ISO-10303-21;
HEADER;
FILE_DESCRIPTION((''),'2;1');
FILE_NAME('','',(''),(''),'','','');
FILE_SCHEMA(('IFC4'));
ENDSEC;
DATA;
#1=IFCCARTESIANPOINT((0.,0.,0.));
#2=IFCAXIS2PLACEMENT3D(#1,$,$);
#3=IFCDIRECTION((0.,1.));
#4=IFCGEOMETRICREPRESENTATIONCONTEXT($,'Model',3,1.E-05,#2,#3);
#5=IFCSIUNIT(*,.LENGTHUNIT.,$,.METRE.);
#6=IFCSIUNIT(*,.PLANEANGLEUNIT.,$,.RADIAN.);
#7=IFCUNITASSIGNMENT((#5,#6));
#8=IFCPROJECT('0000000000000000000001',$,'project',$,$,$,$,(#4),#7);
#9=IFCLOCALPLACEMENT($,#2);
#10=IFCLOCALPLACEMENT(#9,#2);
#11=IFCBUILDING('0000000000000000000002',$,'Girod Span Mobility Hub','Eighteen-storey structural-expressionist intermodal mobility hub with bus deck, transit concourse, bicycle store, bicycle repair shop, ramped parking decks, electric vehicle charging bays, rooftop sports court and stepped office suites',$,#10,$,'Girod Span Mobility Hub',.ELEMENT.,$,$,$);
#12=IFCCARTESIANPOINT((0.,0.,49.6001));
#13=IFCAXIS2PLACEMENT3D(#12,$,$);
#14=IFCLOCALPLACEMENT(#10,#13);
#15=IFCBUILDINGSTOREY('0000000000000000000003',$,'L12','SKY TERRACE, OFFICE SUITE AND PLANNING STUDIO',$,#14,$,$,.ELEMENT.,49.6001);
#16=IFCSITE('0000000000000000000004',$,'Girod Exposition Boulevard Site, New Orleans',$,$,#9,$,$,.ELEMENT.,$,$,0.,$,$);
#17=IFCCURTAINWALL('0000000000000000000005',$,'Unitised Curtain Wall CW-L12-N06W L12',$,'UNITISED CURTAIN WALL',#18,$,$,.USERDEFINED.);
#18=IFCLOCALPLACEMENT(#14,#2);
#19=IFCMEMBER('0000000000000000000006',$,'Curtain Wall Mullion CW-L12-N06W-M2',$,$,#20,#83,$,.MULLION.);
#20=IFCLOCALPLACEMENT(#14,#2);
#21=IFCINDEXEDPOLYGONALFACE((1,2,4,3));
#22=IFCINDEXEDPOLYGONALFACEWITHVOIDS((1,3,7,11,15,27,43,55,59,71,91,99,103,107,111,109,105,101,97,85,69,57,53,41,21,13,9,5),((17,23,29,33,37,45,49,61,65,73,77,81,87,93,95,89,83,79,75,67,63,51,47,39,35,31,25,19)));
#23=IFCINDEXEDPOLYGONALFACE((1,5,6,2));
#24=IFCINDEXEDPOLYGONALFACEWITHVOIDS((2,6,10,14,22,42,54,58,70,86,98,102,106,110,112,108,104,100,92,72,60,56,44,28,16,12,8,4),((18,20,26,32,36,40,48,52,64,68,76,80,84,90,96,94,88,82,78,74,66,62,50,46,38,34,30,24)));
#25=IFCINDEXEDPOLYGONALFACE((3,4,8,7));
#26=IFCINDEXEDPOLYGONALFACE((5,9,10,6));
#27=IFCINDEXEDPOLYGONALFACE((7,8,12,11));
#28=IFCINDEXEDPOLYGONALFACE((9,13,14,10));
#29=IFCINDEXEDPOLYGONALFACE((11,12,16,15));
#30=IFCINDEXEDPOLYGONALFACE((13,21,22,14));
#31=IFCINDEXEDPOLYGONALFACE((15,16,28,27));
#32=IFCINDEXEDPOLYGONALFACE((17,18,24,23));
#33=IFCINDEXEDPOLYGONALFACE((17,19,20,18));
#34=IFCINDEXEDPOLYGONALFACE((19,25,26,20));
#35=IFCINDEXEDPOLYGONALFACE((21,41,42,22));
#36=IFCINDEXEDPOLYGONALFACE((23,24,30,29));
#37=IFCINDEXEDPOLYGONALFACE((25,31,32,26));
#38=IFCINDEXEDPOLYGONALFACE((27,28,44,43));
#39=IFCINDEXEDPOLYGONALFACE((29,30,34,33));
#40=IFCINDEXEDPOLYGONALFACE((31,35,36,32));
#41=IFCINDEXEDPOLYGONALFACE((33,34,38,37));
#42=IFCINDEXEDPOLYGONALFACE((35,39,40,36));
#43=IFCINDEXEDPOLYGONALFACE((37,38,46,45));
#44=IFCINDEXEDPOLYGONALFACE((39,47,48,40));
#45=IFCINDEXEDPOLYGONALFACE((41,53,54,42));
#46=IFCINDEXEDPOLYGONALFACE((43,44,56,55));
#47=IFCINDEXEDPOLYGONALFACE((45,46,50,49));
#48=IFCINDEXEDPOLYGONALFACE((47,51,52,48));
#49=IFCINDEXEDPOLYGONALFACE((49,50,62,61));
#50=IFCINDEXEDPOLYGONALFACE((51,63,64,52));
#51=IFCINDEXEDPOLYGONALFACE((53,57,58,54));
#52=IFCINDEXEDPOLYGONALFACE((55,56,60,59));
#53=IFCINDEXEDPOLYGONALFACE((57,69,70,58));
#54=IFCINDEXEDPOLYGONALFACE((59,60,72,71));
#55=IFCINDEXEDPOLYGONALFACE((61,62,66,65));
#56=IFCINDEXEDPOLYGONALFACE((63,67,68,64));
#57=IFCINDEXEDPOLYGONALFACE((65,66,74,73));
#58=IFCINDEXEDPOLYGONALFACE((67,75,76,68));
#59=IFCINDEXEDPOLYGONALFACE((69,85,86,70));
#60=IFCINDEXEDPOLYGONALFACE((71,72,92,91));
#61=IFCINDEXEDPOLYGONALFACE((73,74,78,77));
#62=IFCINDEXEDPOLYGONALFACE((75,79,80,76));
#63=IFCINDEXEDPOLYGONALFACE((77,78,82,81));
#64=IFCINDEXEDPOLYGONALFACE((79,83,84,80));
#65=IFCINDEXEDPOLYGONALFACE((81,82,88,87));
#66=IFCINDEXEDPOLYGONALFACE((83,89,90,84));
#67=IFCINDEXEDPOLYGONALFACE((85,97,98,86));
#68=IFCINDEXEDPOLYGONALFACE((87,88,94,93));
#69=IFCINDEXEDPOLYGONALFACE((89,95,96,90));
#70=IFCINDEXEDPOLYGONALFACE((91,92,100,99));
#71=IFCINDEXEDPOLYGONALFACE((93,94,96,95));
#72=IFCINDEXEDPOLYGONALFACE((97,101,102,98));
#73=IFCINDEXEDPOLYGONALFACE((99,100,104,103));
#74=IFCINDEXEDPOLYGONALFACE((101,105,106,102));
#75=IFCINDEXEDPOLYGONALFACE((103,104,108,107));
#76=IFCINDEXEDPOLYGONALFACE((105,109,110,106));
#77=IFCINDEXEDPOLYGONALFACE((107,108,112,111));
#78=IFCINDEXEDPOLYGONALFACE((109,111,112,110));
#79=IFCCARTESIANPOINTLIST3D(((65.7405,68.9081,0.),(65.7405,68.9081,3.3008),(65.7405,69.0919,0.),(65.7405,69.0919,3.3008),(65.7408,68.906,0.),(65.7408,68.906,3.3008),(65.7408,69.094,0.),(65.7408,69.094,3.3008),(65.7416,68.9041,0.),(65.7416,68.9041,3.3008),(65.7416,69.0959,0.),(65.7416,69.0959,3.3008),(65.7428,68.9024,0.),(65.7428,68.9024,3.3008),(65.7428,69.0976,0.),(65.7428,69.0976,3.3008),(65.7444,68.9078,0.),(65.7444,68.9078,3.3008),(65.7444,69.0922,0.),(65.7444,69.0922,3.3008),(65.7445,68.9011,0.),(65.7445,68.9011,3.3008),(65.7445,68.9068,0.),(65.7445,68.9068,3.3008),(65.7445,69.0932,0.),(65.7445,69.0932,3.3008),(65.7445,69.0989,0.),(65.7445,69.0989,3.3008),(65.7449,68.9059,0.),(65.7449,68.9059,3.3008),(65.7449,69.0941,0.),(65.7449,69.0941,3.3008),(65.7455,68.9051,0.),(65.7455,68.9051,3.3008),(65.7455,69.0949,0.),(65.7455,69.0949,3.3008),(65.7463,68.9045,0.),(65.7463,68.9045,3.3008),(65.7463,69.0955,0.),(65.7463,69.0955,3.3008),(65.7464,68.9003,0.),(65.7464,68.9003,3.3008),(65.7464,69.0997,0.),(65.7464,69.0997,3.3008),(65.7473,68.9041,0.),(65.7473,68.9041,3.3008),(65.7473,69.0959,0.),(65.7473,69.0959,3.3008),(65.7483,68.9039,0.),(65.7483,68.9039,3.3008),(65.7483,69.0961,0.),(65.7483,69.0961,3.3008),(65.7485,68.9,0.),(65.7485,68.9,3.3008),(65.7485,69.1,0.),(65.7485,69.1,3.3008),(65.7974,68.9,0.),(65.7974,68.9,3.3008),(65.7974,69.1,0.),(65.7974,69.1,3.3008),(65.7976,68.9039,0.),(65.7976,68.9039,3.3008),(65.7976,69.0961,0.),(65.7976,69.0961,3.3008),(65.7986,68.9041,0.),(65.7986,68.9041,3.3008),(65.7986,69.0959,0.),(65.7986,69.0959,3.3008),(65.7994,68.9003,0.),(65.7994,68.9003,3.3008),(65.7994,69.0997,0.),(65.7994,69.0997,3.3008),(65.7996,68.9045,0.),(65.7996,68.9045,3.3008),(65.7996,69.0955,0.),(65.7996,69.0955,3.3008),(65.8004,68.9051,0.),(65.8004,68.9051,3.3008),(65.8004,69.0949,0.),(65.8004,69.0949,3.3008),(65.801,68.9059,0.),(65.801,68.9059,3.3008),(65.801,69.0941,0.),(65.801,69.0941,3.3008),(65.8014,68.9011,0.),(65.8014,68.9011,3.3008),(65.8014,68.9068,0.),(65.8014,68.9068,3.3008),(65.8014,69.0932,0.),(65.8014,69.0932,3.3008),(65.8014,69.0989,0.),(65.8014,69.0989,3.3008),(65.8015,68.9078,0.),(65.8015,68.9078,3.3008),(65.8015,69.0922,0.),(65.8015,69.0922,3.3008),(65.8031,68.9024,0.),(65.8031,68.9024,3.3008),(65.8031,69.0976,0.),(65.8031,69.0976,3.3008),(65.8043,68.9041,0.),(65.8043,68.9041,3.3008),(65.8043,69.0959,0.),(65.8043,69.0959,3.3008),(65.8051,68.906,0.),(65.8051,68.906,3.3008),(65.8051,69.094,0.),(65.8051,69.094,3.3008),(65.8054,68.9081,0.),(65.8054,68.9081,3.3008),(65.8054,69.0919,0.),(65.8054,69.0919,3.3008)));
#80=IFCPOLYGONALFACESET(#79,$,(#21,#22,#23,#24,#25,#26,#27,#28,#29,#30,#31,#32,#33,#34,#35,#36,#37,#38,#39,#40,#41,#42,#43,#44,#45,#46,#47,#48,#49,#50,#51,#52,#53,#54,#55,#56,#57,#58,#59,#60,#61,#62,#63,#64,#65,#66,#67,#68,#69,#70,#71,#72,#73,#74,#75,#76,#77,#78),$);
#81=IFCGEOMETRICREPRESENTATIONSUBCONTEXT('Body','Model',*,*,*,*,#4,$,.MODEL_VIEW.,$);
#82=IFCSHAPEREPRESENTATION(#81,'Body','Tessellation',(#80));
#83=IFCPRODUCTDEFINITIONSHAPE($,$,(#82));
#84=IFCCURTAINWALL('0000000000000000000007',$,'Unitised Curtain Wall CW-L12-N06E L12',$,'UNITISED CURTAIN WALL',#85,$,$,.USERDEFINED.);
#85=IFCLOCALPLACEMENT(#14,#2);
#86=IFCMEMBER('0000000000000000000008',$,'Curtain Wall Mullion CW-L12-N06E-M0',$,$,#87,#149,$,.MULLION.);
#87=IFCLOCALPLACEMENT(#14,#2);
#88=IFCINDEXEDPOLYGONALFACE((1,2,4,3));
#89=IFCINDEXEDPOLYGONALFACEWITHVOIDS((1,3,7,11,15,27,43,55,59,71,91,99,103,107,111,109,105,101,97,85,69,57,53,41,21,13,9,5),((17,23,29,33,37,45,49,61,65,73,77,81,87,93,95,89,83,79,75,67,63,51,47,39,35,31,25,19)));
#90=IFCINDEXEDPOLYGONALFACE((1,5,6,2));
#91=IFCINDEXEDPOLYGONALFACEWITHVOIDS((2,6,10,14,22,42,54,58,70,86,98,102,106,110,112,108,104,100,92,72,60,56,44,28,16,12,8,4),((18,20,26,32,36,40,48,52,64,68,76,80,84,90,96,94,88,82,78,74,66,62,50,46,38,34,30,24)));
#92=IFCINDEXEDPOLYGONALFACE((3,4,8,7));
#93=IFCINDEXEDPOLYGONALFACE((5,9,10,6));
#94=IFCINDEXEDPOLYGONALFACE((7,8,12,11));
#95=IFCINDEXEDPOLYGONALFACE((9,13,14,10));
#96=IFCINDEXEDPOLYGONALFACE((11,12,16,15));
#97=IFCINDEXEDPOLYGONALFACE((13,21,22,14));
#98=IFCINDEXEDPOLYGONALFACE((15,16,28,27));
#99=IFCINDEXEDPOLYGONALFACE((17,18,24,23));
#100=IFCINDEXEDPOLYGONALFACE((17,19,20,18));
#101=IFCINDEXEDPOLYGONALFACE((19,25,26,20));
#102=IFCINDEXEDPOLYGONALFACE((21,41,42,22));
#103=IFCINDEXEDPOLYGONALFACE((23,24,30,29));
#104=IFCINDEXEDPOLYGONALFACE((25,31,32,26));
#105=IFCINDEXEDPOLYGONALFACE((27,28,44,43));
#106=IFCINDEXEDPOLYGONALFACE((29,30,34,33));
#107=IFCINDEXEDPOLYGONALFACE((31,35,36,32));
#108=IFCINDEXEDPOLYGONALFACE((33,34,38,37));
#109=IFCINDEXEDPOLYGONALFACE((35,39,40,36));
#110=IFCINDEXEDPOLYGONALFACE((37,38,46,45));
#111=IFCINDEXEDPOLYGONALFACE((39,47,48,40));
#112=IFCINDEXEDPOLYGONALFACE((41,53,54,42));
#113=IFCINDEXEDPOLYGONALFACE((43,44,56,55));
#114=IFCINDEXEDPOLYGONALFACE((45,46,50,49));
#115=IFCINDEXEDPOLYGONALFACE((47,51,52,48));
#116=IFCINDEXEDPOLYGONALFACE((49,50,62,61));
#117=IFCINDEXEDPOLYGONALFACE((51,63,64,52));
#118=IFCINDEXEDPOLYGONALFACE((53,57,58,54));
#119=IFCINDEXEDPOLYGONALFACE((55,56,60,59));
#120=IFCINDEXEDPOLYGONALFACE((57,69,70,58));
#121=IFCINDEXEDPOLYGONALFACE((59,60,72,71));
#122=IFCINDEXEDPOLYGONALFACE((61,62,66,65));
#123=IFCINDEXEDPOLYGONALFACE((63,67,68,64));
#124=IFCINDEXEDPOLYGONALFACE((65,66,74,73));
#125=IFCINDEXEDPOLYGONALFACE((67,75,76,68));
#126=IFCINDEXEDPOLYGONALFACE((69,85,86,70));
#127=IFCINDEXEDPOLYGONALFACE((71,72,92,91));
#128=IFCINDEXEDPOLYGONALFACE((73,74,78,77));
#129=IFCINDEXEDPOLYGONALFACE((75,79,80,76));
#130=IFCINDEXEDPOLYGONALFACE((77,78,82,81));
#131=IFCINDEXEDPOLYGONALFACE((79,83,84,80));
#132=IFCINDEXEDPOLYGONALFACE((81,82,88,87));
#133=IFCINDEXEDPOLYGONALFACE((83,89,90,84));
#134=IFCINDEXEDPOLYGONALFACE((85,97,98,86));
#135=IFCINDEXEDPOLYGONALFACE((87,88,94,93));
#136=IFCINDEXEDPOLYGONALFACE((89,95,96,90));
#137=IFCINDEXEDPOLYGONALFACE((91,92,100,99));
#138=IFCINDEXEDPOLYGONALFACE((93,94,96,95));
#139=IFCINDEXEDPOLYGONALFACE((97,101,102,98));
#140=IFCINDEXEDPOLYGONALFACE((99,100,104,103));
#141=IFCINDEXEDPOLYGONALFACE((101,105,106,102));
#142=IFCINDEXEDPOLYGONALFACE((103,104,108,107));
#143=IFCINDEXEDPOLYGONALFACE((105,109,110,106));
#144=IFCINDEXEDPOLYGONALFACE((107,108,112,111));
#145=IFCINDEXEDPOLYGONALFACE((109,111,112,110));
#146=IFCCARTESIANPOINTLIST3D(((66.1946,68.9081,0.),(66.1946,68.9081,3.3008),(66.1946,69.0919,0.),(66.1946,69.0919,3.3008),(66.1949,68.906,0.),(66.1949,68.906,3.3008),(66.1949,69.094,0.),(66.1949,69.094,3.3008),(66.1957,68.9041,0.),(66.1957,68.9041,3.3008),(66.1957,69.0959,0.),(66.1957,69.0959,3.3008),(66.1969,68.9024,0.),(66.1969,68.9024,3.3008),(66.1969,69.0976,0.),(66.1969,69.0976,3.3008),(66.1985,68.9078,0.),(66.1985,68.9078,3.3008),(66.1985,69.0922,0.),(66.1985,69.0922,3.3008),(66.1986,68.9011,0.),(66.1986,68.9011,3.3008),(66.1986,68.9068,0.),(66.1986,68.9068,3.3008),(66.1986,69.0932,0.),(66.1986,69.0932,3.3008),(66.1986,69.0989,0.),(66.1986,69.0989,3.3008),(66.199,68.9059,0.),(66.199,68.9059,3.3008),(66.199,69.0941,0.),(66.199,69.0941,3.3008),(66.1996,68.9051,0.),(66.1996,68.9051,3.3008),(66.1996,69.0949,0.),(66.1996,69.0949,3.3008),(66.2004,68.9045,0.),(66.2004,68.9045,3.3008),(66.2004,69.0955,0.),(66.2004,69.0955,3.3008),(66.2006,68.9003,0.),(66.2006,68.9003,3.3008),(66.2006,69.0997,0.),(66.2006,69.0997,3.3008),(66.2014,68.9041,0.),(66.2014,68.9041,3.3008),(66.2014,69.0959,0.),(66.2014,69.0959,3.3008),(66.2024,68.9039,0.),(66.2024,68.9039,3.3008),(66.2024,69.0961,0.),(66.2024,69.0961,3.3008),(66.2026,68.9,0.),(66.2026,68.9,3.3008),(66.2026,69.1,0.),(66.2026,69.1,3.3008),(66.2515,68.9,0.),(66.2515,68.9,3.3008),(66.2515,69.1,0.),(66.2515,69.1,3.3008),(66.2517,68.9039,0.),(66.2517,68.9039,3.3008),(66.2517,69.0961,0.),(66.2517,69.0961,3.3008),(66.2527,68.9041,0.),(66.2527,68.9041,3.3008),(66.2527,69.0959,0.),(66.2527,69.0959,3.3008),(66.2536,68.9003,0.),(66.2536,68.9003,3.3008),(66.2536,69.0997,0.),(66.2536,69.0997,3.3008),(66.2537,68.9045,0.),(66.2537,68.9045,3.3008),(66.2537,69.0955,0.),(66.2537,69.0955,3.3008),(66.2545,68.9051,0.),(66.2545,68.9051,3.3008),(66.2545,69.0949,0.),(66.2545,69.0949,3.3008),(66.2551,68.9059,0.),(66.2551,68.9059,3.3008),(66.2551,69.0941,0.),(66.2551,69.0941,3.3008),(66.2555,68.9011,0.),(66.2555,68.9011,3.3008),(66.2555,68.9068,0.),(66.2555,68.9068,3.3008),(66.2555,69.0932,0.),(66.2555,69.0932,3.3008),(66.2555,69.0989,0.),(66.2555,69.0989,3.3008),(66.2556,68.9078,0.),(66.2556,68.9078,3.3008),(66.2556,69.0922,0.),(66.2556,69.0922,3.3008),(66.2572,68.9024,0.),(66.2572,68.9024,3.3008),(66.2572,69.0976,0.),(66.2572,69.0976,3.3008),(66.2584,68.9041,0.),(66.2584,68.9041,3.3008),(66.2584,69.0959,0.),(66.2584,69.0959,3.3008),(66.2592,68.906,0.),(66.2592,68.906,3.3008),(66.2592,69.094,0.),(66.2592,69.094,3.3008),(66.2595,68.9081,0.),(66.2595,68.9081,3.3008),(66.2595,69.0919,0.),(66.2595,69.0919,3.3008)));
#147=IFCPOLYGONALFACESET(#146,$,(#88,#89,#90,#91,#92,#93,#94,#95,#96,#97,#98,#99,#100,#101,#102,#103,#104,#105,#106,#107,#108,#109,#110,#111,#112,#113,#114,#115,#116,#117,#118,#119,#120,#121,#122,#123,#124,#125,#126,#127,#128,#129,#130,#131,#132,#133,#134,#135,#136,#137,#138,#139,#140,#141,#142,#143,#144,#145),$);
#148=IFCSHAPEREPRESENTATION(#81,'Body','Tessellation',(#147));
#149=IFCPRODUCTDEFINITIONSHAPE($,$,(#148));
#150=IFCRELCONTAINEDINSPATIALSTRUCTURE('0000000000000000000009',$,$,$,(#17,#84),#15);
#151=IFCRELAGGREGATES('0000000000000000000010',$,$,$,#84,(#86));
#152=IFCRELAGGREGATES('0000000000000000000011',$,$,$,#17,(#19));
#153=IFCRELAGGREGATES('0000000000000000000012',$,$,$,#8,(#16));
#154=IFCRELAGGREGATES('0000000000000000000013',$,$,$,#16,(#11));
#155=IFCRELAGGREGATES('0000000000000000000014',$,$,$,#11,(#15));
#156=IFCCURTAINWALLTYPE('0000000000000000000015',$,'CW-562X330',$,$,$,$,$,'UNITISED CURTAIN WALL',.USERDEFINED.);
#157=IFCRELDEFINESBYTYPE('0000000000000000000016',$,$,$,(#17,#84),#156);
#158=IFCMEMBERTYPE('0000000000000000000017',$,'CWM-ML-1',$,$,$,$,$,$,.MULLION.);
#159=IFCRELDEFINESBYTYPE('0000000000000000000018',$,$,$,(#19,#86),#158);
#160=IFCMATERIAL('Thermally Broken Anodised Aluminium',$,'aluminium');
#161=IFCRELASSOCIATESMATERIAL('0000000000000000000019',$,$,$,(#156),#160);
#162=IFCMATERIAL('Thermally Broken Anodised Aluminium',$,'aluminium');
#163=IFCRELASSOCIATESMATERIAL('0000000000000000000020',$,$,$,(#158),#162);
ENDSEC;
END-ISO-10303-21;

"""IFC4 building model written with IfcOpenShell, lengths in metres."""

from ifc_helpers import new_model, si_unit, direction, frame, origin, origin_2d, place, context, subcontext, project, spatial, hollow_rectangle, extrude, material, material_profile, profile_set, type_object, element, aggregate, save


model = new_model("IFC4")

# Units and contexts
model_context = context("Model", 3, precision=1e-05, world=origin(), true_north=direction((0.0, 1.0)))
body_context = subcontext(model_context, "Body", "Model", "MODEL_VIEW")
ifc_project = project(units=[si_unit("LENGTHUNIT", "METRE"), si_unit("PLANEANGLEUNIT", "RADIAN")], contexts=[model_context])

# Site, building, storey
site_placement = place(None, origin())
site = spatial("IfcSite", under=ifc_project, at=site_placement, Name="Girod Exposition Boulevard Site, New Orleans", CompositionType="ELEMENT", RefElevation=0.0)
building_placement = place(site_placement, origin())
building = spatial("IfcBuilding", under=site, at=building_placement, Name="Girod Span Mobility Hub", Description="Eighteen-storey structural-expressionist intermodal mobility hub with bus deck, transit concourse, bicycle store, bicycle repair shop, ramped parking decks, electric vehicle charging bays, rooftop sports court and stepped office suites", LongName="Girod Span Mobility Hub", CompositionType="ELEMENT")
storey_placement = place(building_placement, frame((0.0, 0.0, 49.6001)))
storey = spatial("IfcBuildingStorey", under=building, at=storey_placement, Name="L12", Description="SKY TERRACE, OFFICE SUITE AND PLANNING STUDIO", CompositionType="ELEMENT", Elevation=49.6001)

# Curtain wall, member
ifc_material_1 = material(Name="Thermally Broken Anodised Aluminium", Category="aluminium")
curtain_wall_type = type_object("IfcCurtainWallType", Name="CW-562X330", ElementType="UNITISED CURTAIN WALL", PredefinedType="USERDEFINED", material=ifc_material_1)
curtain_wall_1_placement = place(storey_placement, origin())
curtain_wall_1 = element("IfcCurtainWall", 1, at=curtain_wall_1_placement, inside=storey, type_object=curtain_wall_type, Name="Unitised Curtain Wall CW-L12-N06W L12", ObjectType="UNITISED CURTAIN WALL", PredefinedType="USERDEFINED")
ifc_material_2 = material(Name="Thermally Broken Anodised Aluminium", Category="aluminium")
ifc_material_profile_1 = material_profile(ifc_material_2, hollow_rectangle(XDim=0.2, YDim=0.0649, WallThickness=0.0039, InnerFilletRadius=0.0039, OuterFilletRadius=0.0081, at=origin_2d()), Name="CW-ML-65X200")
ifc_profile_set_1 = profile_set([ifc_material_profile_1], Name="Thermally Broken Anodised Aluminium")
member_type_1 = type_object("IfcMemberType", Name="CWM-ML-1", PredefinedType="MULLION", material=ifc_profile_set_1)
member_1_placement = place(storey_placement, frame((65.7729, 69.0, 0.0), z_axis=(0.0, 0.0, 1.0), x_axis=(0.0, 1.0, 0.0)))
member_1 = element("IfcMember", 2, at=member_1_placement, type_object=member_type_1, Name="Curtain Wall Mullion CW-L12-N06W-M2", PredefinedType="MULLION", context=body_context, shape_type="SweptSolid", body=[
    extrude(hollow_rectangle(XDim=0.2, YDim=0.0649, WallThickness=0.0039, InnerFilletRadius=0.0039, OuterFilletRadius=0.0081, at=origin_2d()), origin(), (0.0, 0.0, 1.0), 3.3008),
])

# Curtain wall, member
curtain_wall_2_placement = place(storey_placement, origin())
curtain_wall_2 = element("IfcCurtainWall", 3, at=curtain_wall_2_placement, inside=storey, type_object=curtain_wall_type, Name="Unitised Curtain Wall CW-L12-N06E L12", ObjectType="UNITISED CURTAIN WALL", PredefinedType="USERDEFINED")
member_2_placement = place(storey_placement, frame((66.2271, 69.0, 0.0), z_axis=(0.0, 0.0, 1.0), x_axis=(0.0, 1.0, 0.0)))
member_2 = element("IfcMember", 4, at=member_2_placement, type_object=member_type_1, Name="Curtain Wall Mullion CW-L12-N06E-M0", PredefinedType="MULLION", context=body_context, shape_type="SweptSolid", body=[
    extrude(hollow_rectangle(XDim=0.2, YDim=0.0649, WallThickness=0.0039, InnerFilletRadius=0.0039, OuterFilletRadius=0.0081, at=origin_2d()), origin(), (0.0, 0.0, 1.0), 3.3008),
])

aggregate(curtain_wall_2, [member_2])

aggregate(curtain_wall_1, [member_1])

save(model, "model.ifc")
